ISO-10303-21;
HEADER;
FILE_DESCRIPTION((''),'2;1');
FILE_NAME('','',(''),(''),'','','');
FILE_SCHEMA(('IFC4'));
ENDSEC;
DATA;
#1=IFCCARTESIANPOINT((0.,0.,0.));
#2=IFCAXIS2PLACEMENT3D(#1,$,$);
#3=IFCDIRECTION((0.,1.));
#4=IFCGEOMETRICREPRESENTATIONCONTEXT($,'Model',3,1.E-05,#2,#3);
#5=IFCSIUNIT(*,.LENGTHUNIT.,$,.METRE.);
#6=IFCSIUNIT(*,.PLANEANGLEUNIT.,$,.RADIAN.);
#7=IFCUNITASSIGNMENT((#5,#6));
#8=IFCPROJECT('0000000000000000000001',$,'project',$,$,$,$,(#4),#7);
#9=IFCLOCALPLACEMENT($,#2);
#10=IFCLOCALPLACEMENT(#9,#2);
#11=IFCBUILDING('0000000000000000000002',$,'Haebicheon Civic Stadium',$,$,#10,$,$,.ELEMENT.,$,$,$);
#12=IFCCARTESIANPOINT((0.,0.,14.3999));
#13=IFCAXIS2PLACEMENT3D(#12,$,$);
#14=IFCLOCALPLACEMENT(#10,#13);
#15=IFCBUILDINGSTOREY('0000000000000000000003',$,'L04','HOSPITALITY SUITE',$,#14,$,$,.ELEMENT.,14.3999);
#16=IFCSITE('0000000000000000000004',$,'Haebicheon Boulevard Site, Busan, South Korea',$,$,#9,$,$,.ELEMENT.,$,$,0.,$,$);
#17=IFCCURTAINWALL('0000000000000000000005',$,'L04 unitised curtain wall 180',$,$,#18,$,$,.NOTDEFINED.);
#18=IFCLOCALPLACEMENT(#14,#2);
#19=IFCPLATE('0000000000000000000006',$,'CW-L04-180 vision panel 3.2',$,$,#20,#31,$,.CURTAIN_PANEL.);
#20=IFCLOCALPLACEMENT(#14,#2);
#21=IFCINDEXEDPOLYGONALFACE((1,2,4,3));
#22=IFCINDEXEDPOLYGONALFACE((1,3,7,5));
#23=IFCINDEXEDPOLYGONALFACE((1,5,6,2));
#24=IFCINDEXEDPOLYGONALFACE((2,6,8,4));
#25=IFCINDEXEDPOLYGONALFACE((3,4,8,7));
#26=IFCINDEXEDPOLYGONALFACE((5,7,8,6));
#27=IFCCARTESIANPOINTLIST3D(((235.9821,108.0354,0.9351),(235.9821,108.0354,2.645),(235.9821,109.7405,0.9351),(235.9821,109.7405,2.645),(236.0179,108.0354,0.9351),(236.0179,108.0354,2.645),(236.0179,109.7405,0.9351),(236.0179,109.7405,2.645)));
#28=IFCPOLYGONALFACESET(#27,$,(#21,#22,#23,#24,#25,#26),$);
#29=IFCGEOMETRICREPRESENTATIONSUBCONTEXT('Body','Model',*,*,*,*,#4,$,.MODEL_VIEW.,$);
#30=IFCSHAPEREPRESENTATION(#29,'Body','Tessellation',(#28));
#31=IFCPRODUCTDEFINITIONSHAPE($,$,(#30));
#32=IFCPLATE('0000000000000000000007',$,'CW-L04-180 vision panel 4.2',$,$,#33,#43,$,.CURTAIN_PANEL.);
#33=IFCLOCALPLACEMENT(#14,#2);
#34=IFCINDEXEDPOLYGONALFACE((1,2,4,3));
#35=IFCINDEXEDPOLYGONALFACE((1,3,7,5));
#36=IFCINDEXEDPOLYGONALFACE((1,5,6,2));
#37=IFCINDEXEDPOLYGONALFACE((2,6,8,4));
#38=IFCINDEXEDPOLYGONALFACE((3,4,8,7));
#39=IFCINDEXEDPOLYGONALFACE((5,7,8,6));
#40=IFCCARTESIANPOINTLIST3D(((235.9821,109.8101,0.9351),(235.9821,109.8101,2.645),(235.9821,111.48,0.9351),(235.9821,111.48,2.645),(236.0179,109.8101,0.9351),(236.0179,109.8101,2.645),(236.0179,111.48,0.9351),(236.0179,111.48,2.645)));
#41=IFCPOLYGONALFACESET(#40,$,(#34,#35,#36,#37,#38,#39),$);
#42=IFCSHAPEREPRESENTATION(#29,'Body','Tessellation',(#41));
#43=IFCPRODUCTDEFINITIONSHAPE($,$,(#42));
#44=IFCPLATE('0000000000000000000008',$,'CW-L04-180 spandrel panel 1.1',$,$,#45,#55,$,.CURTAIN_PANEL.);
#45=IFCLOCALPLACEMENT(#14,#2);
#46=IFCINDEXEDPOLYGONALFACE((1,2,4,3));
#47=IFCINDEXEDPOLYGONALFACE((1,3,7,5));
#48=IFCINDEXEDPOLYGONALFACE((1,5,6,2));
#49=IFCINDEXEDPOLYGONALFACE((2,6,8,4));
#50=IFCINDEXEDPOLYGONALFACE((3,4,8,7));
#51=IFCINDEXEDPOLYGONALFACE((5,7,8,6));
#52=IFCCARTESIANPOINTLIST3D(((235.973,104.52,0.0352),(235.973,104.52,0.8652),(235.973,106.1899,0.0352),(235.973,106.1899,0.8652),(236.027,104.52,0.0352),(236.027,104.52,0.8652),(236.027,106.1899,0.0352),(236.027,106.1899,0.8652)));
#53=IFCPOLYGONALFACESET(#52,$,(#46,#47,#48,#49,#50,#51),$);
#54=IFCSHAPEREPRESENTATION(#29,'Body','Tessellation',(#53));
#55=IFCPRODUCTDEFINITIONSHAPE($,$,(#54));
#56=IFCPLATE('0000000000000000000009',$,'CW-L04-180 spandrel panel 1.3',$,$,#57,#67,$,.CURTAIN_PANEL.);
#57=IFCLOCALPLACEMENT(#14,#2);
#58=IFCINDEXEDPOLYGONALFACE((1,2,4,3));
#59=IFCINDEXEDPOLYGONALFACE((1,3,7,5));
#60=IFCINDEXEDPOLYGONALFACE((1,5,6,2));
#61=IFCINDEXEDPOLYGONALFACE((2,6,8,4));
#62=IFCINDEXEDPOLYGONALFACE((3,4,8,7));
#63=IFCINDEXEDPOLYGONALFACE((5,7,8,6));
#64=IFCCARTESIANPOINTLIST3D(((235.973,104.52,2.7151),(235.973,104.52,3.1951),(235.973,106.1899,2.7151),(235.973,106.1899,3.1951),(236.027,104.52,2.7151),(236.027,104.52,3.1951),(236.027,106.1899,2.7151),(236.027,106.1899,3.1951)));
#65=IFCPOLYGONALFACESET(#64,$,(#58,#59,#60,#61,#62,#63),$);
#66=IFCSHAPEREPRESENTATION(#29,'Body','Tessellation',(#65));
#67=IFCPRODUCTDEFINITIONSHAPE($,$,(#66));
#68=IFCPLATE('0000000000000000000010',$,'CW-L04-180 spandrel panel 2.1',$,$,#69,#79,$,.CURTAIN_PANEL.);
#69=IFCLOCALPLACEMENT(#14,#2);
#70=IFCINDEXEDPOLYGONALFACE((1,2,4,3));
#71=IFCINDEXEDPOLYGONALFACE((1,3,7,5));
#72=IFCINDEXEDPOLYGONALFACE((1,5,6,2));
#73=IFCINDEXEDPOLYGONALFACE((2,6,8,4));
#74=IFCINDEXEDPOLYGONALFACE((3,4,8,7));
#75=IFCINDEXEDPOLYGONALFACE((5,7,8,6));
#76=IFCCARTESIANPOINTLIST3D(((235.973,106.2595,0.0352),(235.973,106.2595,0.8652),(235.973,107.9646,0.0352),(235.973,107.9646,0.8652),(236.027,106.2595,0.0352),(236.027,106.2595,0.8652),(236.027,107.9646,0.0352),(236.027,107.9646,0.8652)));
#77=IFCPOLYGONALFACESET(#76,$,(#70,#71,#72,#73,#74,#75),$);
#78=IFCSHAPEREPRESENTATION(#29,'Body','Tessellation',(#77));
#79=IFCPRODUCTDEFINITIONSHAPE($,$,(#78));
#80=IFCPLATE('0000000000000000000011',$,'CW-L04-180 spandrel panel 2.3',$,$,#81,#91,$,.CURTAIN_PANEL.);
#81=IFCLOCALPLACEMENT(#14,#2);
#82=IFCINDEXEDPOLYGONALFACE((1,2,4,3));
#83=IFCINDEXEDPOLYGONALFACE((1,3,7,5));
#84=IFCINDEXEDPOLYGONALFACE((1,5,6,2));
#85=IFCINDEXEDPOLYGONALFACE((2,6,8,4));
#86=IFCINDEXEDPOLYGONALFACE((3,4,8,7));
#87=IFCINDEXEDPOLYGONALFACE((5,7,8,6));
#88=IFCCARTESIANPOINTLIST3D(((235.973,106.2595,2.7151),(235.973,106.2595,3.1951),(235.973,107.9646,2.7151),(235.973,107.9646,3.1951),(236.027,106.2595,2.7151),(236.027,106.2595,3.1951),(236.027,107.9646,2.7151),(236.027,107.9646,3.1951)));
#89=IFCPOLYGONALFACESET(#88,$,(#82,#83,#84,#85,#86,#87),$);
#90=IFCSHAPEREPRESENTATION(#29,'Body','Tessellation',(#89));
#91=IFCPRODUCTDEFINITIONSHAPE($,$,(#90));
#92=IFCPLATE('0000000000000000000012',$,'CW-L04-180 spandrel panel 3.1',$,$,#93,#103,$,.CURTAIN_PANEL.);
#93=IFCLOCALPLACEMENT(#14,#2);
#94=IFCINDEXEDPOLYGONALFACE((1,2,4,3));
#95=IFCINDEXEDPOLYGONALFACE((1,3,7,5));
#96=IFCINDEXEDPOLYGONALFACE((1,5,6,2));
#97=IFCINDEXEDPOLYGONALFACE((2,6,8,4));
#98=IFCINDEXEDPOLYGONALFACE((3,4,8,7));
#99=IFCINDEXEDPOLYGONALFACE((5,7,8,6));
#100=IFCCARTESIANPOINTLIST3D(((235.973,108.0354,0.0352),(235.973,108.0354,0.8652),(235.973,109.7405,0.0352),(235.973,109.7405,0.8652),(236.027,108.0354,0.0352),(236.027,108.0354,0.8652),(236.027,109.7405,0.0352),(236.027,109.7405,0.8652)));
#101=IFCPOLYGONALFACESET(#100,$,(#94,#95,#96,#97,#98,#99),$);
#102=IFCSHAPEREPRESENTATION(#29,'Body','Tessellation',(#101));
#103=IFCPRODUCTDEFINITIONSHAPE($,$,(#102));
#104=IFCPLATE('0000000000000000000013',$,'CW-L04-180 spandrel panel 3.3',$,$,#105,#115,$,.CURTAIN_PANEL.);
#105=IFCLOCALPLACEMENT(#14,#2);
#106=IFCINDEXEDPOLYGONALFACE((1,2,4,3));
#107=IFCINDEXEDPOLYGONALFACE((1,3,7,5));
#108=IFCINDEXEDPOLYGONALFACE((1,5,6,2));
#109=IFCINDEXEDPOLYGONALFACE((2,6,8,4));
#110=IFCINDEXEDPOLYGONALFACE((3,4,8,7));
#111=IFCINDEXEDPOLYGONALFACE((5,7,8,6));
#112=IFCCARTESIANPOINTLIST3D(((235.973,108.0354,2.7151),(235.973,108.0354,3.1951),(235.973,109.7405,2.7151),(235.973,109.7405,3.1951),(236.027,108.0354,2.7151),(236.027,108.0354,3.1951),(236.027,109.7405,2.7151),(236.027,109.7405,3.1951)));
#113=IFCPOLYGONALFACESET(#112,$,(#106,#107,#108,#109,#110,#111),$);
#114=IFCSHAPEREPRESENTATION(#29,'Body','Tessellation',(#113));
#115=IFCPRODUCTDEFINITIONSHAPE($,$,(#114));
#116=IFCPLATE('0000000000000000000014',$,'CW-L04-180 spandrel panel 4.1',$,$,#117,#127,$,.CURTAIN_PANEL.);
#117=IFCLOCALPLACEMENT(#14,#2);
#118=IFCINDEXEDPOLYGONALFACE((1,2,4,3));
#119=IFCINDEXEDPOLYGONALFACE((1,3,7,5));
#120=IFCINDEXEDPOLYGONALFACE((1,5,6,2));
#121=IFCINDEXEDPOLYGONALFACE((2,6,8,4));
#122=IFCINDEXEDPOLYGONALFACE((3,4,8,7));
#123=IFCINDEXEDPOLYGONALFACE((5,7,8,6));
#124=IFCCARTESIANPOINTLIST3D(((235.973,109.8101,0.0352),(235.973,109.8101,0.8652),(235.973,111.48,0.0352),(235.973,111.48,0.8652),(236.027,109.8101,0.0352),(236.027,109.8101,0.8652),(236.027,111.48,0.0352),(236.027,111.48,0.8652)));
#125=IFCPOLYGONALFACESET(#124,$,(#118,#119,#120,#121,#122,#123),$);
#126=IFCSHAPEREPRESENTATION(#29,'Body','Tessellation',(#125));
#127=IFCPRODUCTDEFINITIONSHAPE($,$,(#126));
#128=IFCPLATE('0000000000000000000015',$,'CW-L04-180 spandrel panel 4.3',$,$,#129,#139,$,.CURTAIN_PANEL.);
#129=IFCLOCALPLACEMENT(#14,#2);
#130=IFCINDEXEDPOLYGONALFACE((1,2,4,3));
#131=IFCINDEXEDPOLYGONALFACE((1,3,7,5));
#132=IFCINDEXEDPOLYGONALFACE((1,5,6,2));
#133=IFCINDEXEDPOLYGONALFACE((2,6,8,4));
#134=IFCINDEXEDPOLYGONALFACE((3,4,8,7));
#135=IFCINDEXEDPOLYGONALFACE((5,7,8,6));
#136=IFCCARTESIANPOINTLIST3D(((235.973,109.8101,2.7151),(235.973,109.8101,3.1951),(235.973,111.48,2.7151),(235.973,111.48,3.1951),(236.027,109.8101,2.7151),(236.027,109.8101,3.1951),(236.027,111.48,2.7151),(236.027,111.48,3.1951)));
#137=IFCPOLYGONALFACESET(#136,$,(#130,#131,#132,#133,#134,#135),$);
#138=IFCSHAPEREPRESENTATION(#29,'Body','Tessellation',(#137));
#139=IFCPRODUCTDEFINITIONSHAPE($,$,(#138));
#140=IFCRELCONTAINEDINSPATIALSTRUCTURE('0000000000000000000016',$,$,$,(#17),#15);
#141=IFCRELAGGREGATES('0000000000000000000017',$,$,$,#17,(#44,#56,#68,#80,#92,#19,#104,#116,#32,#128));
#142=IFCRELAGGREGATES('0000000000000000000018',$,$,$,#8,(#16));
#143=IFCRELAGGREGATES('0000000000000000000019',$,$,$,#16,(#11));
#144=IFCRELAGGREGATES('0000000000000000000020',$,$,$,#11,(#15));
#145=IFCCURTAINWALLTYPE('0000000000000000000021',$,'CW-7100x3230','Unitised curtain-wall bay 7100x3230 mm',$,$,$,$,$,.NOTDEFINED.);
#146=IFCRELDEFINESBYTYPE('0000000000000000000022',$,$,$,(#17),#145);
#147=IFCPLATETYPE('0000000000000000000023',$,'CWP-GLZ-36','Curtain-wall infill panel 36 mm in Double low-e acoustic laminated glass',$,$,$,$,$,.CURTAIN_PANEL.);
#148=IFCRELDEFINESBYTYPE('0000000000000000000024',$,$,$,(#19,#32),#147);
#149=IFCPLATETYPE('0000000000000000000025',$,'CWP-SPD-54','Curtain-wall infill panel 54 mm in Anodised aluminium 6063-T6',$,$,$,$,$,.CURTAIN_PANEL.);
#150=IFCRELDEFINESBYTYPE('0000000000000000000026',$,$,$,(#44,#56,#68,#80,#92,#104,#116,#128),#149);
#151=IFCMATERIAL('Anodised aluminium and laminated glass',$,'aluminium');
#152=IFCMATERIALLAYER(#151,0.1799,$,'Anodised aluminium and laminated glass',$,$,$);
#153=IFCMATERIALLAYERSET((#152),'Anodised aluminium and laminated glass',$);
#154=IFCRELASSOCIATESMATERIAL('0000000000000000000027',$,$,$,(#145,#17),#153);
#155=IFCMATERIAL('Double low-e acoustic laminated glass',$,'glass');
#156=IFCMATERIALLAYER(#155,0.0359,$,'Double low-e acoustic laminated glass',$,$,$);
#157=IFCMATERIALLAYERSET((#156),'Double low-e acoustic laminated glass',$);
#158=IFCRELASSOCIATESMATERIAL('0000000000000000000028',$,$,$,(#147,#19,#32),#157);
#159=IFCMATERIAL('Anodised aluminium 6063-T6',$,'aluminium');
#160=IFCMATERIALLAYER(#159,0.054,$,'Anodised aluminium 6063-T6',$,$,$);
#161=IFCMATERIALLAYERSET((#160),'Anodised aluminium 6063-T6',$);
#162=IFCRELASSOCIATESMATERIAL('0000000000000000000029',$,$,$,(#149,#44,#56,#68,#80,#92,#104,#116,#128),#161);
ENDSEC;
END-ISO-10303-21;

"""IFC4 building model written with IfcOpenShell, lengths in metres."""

from ifc_helpers import new_model, si_unit, direction, frame, origin, origin_2d, place, context, subcontext, project, spatial, rectangle, extrude, material, layer, layer_set, type_object, element, aggregate, save


model = new_model("IFC4")

# Units and contexts
model_context = context("Model", 3, precision=1e-05, world=origin(), true_north=direction((0.0, 1.0)))
body_context = subcontext(model_context, "Body", "Model", "MODEL_VIEW")
ifc_project = project(units=[si_unit("LENGTHUNIT", "METRE"), si_unit("PLANEANGLEUNIT", "RADIAN")], contexts=[model_context])

# Site, building, storey
site_placement = place(None, origin())
site = spatial("IfcSite", under=ifc_project, at=site_placement, Name="Haebicheon Boulevard Site, Busan, South Korea", CompositionType="ELEMENT", RefElevation=0.0)
building_placement = place(site_placement, origin())
building = spatial("IfcBuilding", under=site, at=building_placement, Name="Haebicheon Civic Stadium", CompositionType="ELEMENT")
storey_placement = place(building_placement, frame((0.0, 0.0, 14.3999)))
storey = spatial("IfcBuildingStorey", under=building, at=storey_placement, Name="L04", Description="HOSPITALITY SUITE", CompositionType="ELEMENT", Elevation=14.3999)

# Curtain wall
ifc_material_1 = material(Name="Anodised aluminium and laminated glass", Category="aluminium")
ifc_layer_1 = layer(ifc_material_1, 0.1799, Name="Anodised aluminium and laminated glass")
ifc_layer_set_1 = layer_set([ifc_layer_1], Name="Anodised aluminium and laminated glass")
curtain_wall_type = type_object("IfcCurtainWallType", Name="CW-7100x3230", Description="Unitised curtain-wall bay 7100x3230 mm", PredefinedType="NOTDEFINED", material=ifc_layer_set_1)
curtain_wall_placement = place(storey_placement, origin())
curtain_wall = element("IfcCurtainWall", 1, at=curtain_wall_placement, inside=storey, type_object=curtain_wall_type, material=ifc_layer_set_1, Name="L04 unitised curtain wall 180", PredefinedType="NOTDEFINED")

# Plates
ifc_material_2 = material(Name="Double low-e acoustic laminated glass", Category="glass")
ifc_layer_2 = layer(ifc_material_2, 0.0359, Name="Double low-e acoustic laminated glass")
ifc_layer_set_2 = layer_set([ifc_layer_2], Name="Double low-e acoustic laminated glass")
plate_type_1 = type_object("IfcPlateType", Name="CWP-GLZ-36", Description="Curtain-wall infill panel 36 mm in Double low-e acoustic laminated glass", PredefinedType="CURTAIN_PANEL", material=ifc_layer_set_2)
plate_1_placement = place(storey_placement, frame((236.0, 108.8879, 0.9351), z_axis=(0.0, 0.0, 1.0), x_axis=(0.0, 1.0, 0.0)))
plate_1 = element("IfcPlate", 2, at=plate_1_placement, type_object=plate_type_1, material=ifc_layer_set_2, Name="CW-L04-180 vision panel 3.2", PredefinedType="CURTAIN_PANEL", context=body_context, shape_type="SweptSolid", body=[
    extrude(rectangle(XDim=1.7051, YDim=0.0359, at=origin_2d()), origin(), (0.0, 0.0, 1.0), 1.71),
])
plate_2_placement = place(storey_placement, frame((236.0, 110.645, 0.9351), z_axis=(0.0, 0.0, 1.0), x_axis=(0.0, 1.0, 0.0)))
plate_2 = element("IfcPlate", 3, at=plate_2_placement, type_object=plate_type_1, material=ifc_layer_set_2, Name="CW-L04-180 vision panel 4.2", PredefinedType="CURTAIN_PANEL", context=body_context, shape_type="SweptSolid", body=[
    extrude(rectangle(XDim=1.6699, YDim=0.0359, at=origin_2d()), origin(), (0.0, 0.0, 1.0), 1.71),
])
ifc_material_3 = material(Name="Anodised aluminium 6063-T6", Category="aluminium")
ifc_layer_3 = layer(ifc_material_3, 0.054, Name="Anodised aluminium 6063-T6")
ifc_layer_set_3 = layer_set([ifc_layer_3], Name="Anodised aluminium 6063-T6")
plate_type_2 = type_object("IfcPlateType", Name="CWP-SPD-54", Description="Curtain-wall infill panel 54 mm in Anodised aluminium 6063-T6", PredefinedType="CURTAIN_PANEL", material=ifc_layer_set_3)
plate_3_placement = place(storey_placement, frame((236.0, 105.355, 0.0352), z_axis=(0.0, 0.0, 1.0), x_axis=(0.0, 1.0, 0.0)))
plate_3 = element("IfcPlate", 4, at=plate_3_placement, type_object=plate_type_2, material=ifc_layer_set_3, Name="CW-L04-180 spandrel panel 1.1", PredefinedType="CURTAIN_PANEL", context=body_context, shape_type="SweptSolid", body=[
    extrude(rectangle(XDim=1.6699, YDim=0.054, at=origin_2d()), origin(), (0.0, 0.0, 1.0), 0.8301),
])
plate_4_placement = place(storey_placement, frame((236.0, 105.355, 2.7151), z_axis=(0.0, 0.0, 1.0), x_axis=(0.0, 1.0, 0.0)))
plate_4 = element("IfcPlate", 5, at=plate_4_placement, type_object=plate_type_2, material=ifc_layer_set_3, Name="CW-L04-180 spandrel panel 1.3", PredefinedType="CURTAIN_PANEL", context=body_context, shape_type="SweptSolid", body=[
    extrude(rectangle(XDim=1.6699, YDim=0.054, at=origin_2d()), origin(), (0.0, 0.0, 1.0), 0.48),
])
plate_5_placement = place(storey_placement, frame((236.0, 107.1121, 0.0352), z_axis=(0.0, 0.0, 1.0), x_axis=(0.0, 1.0, 0.0)))
plate_5 = element("IfcPlate", 6, at=plate_5_placement, type_object=plate_type_2, material=ifc_layer_set_3, Name="CW-L04-180 spandrel panel 2.1", PredefinedType="CURTAIN_PANEL", context=body_context, shape_type="SweptSolid", body=[
    extrude(rectangle(XDim=1.7051, YDim=0.054, at=origin_2d()), origin(), (0.0, 0.0, 1.0), 0.8301),
])
plate_6_placement = place(storey_placement, frame((236.0, 107.1121, 2.7151), z_axis=(0.0, 0.0, 1.0), x_axis=(0.0, 1.0, 0.0)))
plate_6 = element("IfcPlate", 7, at=plate_6_placement, type_object=plate_type_2, material=ifc_layer_set_3, Name="CW-L04-180 spandrel panel 2.3", PredefinedType="CURTAIN_PANEL", context=body_context, shape_type="SweptSolid", body=[
    extrude(rectangle(XDim=1.7051, YDim=0.054, at=origin_2d()), origin(), (0.0, 0.0, 1.0), 0.48),
])
plate_7_placement = place(storey_placement, frame((236.0, 108.8879, 0.0352), z_axis=(0.0, 0.0, 1.0), x_axis=(0.0, 1.0, 0.0)))
plate_7 = element("IfcPlate", 8, at=plate_7_placement, type_object=plate_type_2, material=ifc_layer_set_3, Name="CW-L04-180 spandrel panel 3.1", PredefinedType="CURTAIN_PANEL", context=body_context, shape_type="SweptSolid", body=[
    extrude(rectangle(XDim=1.7051, YDim=0.054, at=origin_2d()), origin(), (0.0, 0.0, 1.0), 0.8301),
])
plate_8_placement = place(storey_placement, frame((236.0, 108.8879, 2.7151), z_axis=(0.0, 0.0, 1.0), x_axis=(0.0, 1.0, 0.0)))
plate_8 = element("IfcPlate", 9, at=plate_8_placement, type_object=plate_type_2, material=ifc_layer_set_3, Name="CW-L04-180 spandrel panel 3.3", PredefinedType="CURTAIN_PANEL", context=body_context, shape_type="SweptSolid", body=[
    extrude(rectangle(XDim=1.7051, YDim=0.054, at=origin_2d()), origin(), (0.0, 0.0, 1.0), 0.48),
])
plate_9_placement = place(storey_placement, frame((236.0, 110.645, 0.0352), z_axis=(0.0, 0.0, 1.0), x_axis=(0.0, 1.0, 0.0)))
plate_9 = element("IfcPlate", 10, at=plate_9_placement, type_object=plate_type_2, material=ifc_layer_set_3, Name="CW-L04-180 spandrel panel 4.1", PredefinedType="CURTAIN_PANEL", context=body_context, shape_type="SweptSolid", body=[
    extrude(rectangle(XDim=1.6699, YDim=0.054, at=origin_2d()), origin(), (0.0, 0.0, 1.0), 0.8301),
])
plate_10_placement = place(storey_placement, frame((236.0, 110.645, 2.7151), z_axis=(0.0, 0.0, 1.0), x_axis=(0.0, 1.0, 0.0)))
plate_10 = element("IfcPlate", 11, at=plate_10_placement, type_object=plate_type_2, material=ifc_layer_set_3, Name="CW-L04-180 spandrel panel 4.3", PredefinedType="CURTAIN_PANEL", context=body_context, shape_type="SweptSolid", body=[
    extrude(rectangle(XDim=1.6699, YDim=0.054, at=origin_2d()), origin(), (0.0, 0.0, 1.0), 0.48),
])
aggregate(curtain_wall, [plate_3, plate_4, plate_5, plate_6, plate_7, plate_1, plate_8, plate_9, plate_2, plate_10])

save(model, "model.ifc")
